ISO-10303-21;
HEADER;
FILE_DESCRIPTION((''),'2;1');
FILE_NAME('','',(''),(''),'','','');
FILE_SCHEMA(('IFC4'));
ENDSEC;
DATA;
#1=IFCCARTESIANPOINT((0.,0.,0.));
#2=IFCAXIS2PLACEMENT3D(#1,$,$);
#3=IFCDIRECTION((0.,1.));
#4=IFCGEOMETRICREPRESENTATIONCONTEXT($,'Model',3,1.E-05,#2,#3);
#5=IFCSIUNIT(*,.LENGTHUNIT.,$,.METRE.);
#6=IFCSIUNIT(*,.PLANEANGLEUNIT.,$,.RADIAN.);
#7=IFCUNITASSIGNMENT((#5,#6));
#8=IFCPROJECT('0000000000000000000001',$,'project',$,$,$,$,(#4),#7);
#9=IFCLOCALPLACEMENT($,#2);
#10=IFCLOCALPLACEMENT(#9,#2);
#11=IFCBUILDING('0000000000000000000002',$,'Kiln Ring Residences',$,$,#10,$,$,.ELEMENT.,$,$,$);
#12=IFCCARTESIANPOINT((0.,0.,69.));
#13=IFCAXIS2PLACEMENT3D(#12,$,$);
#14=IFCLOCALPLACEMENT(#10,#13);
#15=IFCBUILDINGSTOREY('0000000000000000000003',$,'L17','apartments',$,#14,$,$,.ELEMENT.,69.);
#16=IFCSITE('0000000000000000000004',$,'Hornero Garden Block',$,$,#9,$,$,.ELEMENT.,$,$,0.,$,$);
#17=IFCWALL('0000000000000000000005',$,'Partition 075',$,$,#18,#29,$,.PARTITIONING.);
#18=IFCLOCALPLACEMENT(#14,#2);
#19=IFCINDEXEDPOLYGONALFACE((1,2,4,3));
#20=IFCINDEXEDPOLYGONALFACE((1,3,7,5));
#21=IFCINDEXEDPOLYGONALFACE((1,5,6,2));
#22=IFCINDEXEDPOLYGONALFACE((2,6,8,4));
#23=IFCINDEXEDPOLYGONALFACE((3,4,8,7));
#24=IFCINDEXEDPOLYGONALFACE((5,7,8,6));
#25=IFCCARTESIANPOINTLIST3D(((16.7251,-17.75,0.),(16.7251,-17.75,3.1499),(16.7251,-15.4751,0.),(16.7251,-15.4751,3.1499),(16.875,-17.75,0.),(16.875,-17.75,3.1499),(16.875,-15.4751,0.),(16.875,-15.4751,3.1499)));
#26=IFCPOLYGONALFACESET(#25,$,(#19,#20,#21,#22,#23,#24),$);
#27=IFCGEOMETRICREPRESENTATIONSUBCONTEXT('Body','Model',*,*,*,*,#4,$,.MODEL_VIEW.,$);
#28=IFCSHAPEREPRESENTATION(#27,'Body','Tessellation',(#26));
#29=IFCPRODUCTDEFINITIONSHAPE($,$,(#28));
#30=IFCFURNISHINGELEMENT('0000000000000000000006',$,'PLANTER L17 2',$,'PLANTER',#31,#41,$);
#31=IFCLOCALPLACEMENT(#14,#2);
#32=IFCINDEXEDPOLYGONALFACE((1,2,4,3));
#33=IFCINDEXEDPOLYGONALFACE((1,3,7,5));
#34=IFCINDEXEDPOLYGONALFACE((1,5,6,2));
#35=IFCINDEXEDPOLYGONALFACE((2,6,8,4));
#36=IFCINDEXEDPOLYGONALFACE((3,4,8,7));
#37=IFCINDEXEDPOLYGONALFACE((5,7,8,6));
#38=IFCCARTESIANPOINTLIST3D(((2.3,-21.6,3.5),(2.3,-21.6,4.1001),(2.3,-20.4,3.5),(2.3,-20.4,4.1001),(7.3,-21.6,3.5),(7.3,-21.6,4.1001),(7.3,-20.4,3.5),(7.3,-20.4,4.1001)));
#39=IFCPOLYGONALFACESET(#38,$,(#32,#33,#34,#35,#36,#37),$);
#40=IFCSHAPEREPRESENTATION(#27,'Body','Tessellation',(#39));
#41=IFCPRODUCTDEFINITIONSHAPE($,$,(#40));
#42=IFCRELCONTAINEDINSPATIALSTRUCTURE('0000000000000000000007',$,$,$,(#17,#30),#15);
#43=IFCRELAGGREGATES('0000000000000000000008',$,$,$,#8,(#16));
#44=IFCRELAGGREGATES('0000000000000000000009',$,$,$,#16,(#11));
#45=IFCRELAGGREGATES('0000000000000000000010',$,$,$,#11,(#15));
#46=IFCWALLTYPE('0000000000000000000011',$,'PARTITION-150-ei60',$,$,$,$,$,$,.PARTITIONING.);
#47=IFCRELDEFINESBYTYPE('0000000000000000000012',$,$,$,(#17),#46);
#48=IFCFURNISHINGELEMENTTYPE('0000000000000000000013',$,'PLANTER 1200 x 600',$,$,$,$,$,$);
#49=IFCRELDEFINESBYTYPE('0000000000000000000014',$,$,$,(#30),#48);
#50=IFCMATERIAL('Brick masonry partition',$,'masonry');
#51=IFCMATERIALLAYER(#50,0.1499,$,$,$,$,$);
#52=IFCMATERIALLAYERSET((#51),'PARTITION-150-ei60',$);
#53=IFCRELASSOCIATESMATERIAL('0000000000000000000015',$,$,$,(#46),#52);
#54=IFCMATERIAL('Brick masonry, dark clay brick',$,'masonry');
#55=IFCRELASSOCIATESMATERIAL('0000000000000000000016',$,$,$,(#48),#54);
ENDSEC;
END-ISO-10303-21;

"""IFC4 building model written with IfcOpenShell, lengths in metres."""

from ifc_helpers import new_model, si_unit, direction, frame, frame_2d, origin, origin_2d, place, context, subcontext, project, spatial, rectangle, extrude, material, layer, layer_set, type_object, element, save


model = new_model("IFC4")

# Units and contexts
model_context = context("Model", 3, precision=1e-05, world=origin(), true_north=direction((0.0, 1.0)))
body_context = subcontext(model_context, "Body", "Model", "MODEL_VIEW")
ifc_project = project(units=[si_unit("LENGTHUNIT", "METRE"), si_unit("PLANEANGLEUNIT", "RADIAN")], contexts=[model_context])

# Site, building, storey
site_placement = place(None, origin())
site = spatial("IfcSite", under=ifc_project, at=site_placement, Name="Hornero Garden Block", CompositionType="ELEMENT", RefElevation=0.0)
building_placement = place(site_placement, origin())
building = spatial("IfcBuilding", under=site, at=building_placement, Name="Kiln Ring Residences", CompositionType="ELEMENT")
storey_placement = place(building_placement, frame((0.0, 0.0, 69.0)))
storey = spatial("IfcBuildingStorey", under=building, at=storey_placement, Name="L17", Description="apartments", CompositionType="ELEMENT", Elevation=69.0)

# Wall
ifc_material_1 = material(Name="Brick masonry partition", Category="masonry")
ifc_layer_1 = layer(ifc_material_1, 0.1499)
ifc_layer_set_1 = layer_set([ifc_layer_1], Name="PARTITION-150-ei60")
wall_type_1 = type_object("IfcWallType", Name="PARTITION-150-ei60", PredefinedType="PARTITIONING", material=ifc_layer_set_1)
wall_1_placement = place(storey_placement, frame((16.8, -17.75, 0.0), z_axis=(0.0, 0.0, 1.0), x_axis=(0.0, 1.0, 0.0)))
element("IfcWall", 1, at=wall_1_placement, inside=storey, type_object=wall_type_1, Name="Partition 075", PredefinedType="PARTITIONING", context=body_context, shape_type="SweptSolid", body=[
    extrude(rectangle(XDim=2.2749, YDim=0.1499, at=frame_2d((1.1375, 0.0))), origin(), (0.0, 0.0, 1.0), 3.1499),
])

# Furnishing element
ifc_material_2 = material(Name="Brick masonry, dark clay brick", Category="masonry")
furnishing_element_type = type_object("IfcFurnishingElementType", Name="PLANTER 1200 x 600", material=ifc_material_2)
furnishing_placement = place(storey_placement, frame((4.8, -21.0, 3.5), z_axis=(0.0, 0.0, 1.0), x_axis=(1.0, 0.0, 0.0)))
element("IfcFurnishingElement", 2, at=furnishing_placement, inside=storey, type_object=furnishing_element_type, Name="PLANTER L17 2", ObjectType="PLANTER", context=body_context, shape_type="SweptSolid", body=[
    extrude(rectangle(XDim=5.0, YDim=1.2, at=origin_2d()), origin(), (0.0, 0.0, 1.0), 0.6001),
])

save(model, "model.ifc")
